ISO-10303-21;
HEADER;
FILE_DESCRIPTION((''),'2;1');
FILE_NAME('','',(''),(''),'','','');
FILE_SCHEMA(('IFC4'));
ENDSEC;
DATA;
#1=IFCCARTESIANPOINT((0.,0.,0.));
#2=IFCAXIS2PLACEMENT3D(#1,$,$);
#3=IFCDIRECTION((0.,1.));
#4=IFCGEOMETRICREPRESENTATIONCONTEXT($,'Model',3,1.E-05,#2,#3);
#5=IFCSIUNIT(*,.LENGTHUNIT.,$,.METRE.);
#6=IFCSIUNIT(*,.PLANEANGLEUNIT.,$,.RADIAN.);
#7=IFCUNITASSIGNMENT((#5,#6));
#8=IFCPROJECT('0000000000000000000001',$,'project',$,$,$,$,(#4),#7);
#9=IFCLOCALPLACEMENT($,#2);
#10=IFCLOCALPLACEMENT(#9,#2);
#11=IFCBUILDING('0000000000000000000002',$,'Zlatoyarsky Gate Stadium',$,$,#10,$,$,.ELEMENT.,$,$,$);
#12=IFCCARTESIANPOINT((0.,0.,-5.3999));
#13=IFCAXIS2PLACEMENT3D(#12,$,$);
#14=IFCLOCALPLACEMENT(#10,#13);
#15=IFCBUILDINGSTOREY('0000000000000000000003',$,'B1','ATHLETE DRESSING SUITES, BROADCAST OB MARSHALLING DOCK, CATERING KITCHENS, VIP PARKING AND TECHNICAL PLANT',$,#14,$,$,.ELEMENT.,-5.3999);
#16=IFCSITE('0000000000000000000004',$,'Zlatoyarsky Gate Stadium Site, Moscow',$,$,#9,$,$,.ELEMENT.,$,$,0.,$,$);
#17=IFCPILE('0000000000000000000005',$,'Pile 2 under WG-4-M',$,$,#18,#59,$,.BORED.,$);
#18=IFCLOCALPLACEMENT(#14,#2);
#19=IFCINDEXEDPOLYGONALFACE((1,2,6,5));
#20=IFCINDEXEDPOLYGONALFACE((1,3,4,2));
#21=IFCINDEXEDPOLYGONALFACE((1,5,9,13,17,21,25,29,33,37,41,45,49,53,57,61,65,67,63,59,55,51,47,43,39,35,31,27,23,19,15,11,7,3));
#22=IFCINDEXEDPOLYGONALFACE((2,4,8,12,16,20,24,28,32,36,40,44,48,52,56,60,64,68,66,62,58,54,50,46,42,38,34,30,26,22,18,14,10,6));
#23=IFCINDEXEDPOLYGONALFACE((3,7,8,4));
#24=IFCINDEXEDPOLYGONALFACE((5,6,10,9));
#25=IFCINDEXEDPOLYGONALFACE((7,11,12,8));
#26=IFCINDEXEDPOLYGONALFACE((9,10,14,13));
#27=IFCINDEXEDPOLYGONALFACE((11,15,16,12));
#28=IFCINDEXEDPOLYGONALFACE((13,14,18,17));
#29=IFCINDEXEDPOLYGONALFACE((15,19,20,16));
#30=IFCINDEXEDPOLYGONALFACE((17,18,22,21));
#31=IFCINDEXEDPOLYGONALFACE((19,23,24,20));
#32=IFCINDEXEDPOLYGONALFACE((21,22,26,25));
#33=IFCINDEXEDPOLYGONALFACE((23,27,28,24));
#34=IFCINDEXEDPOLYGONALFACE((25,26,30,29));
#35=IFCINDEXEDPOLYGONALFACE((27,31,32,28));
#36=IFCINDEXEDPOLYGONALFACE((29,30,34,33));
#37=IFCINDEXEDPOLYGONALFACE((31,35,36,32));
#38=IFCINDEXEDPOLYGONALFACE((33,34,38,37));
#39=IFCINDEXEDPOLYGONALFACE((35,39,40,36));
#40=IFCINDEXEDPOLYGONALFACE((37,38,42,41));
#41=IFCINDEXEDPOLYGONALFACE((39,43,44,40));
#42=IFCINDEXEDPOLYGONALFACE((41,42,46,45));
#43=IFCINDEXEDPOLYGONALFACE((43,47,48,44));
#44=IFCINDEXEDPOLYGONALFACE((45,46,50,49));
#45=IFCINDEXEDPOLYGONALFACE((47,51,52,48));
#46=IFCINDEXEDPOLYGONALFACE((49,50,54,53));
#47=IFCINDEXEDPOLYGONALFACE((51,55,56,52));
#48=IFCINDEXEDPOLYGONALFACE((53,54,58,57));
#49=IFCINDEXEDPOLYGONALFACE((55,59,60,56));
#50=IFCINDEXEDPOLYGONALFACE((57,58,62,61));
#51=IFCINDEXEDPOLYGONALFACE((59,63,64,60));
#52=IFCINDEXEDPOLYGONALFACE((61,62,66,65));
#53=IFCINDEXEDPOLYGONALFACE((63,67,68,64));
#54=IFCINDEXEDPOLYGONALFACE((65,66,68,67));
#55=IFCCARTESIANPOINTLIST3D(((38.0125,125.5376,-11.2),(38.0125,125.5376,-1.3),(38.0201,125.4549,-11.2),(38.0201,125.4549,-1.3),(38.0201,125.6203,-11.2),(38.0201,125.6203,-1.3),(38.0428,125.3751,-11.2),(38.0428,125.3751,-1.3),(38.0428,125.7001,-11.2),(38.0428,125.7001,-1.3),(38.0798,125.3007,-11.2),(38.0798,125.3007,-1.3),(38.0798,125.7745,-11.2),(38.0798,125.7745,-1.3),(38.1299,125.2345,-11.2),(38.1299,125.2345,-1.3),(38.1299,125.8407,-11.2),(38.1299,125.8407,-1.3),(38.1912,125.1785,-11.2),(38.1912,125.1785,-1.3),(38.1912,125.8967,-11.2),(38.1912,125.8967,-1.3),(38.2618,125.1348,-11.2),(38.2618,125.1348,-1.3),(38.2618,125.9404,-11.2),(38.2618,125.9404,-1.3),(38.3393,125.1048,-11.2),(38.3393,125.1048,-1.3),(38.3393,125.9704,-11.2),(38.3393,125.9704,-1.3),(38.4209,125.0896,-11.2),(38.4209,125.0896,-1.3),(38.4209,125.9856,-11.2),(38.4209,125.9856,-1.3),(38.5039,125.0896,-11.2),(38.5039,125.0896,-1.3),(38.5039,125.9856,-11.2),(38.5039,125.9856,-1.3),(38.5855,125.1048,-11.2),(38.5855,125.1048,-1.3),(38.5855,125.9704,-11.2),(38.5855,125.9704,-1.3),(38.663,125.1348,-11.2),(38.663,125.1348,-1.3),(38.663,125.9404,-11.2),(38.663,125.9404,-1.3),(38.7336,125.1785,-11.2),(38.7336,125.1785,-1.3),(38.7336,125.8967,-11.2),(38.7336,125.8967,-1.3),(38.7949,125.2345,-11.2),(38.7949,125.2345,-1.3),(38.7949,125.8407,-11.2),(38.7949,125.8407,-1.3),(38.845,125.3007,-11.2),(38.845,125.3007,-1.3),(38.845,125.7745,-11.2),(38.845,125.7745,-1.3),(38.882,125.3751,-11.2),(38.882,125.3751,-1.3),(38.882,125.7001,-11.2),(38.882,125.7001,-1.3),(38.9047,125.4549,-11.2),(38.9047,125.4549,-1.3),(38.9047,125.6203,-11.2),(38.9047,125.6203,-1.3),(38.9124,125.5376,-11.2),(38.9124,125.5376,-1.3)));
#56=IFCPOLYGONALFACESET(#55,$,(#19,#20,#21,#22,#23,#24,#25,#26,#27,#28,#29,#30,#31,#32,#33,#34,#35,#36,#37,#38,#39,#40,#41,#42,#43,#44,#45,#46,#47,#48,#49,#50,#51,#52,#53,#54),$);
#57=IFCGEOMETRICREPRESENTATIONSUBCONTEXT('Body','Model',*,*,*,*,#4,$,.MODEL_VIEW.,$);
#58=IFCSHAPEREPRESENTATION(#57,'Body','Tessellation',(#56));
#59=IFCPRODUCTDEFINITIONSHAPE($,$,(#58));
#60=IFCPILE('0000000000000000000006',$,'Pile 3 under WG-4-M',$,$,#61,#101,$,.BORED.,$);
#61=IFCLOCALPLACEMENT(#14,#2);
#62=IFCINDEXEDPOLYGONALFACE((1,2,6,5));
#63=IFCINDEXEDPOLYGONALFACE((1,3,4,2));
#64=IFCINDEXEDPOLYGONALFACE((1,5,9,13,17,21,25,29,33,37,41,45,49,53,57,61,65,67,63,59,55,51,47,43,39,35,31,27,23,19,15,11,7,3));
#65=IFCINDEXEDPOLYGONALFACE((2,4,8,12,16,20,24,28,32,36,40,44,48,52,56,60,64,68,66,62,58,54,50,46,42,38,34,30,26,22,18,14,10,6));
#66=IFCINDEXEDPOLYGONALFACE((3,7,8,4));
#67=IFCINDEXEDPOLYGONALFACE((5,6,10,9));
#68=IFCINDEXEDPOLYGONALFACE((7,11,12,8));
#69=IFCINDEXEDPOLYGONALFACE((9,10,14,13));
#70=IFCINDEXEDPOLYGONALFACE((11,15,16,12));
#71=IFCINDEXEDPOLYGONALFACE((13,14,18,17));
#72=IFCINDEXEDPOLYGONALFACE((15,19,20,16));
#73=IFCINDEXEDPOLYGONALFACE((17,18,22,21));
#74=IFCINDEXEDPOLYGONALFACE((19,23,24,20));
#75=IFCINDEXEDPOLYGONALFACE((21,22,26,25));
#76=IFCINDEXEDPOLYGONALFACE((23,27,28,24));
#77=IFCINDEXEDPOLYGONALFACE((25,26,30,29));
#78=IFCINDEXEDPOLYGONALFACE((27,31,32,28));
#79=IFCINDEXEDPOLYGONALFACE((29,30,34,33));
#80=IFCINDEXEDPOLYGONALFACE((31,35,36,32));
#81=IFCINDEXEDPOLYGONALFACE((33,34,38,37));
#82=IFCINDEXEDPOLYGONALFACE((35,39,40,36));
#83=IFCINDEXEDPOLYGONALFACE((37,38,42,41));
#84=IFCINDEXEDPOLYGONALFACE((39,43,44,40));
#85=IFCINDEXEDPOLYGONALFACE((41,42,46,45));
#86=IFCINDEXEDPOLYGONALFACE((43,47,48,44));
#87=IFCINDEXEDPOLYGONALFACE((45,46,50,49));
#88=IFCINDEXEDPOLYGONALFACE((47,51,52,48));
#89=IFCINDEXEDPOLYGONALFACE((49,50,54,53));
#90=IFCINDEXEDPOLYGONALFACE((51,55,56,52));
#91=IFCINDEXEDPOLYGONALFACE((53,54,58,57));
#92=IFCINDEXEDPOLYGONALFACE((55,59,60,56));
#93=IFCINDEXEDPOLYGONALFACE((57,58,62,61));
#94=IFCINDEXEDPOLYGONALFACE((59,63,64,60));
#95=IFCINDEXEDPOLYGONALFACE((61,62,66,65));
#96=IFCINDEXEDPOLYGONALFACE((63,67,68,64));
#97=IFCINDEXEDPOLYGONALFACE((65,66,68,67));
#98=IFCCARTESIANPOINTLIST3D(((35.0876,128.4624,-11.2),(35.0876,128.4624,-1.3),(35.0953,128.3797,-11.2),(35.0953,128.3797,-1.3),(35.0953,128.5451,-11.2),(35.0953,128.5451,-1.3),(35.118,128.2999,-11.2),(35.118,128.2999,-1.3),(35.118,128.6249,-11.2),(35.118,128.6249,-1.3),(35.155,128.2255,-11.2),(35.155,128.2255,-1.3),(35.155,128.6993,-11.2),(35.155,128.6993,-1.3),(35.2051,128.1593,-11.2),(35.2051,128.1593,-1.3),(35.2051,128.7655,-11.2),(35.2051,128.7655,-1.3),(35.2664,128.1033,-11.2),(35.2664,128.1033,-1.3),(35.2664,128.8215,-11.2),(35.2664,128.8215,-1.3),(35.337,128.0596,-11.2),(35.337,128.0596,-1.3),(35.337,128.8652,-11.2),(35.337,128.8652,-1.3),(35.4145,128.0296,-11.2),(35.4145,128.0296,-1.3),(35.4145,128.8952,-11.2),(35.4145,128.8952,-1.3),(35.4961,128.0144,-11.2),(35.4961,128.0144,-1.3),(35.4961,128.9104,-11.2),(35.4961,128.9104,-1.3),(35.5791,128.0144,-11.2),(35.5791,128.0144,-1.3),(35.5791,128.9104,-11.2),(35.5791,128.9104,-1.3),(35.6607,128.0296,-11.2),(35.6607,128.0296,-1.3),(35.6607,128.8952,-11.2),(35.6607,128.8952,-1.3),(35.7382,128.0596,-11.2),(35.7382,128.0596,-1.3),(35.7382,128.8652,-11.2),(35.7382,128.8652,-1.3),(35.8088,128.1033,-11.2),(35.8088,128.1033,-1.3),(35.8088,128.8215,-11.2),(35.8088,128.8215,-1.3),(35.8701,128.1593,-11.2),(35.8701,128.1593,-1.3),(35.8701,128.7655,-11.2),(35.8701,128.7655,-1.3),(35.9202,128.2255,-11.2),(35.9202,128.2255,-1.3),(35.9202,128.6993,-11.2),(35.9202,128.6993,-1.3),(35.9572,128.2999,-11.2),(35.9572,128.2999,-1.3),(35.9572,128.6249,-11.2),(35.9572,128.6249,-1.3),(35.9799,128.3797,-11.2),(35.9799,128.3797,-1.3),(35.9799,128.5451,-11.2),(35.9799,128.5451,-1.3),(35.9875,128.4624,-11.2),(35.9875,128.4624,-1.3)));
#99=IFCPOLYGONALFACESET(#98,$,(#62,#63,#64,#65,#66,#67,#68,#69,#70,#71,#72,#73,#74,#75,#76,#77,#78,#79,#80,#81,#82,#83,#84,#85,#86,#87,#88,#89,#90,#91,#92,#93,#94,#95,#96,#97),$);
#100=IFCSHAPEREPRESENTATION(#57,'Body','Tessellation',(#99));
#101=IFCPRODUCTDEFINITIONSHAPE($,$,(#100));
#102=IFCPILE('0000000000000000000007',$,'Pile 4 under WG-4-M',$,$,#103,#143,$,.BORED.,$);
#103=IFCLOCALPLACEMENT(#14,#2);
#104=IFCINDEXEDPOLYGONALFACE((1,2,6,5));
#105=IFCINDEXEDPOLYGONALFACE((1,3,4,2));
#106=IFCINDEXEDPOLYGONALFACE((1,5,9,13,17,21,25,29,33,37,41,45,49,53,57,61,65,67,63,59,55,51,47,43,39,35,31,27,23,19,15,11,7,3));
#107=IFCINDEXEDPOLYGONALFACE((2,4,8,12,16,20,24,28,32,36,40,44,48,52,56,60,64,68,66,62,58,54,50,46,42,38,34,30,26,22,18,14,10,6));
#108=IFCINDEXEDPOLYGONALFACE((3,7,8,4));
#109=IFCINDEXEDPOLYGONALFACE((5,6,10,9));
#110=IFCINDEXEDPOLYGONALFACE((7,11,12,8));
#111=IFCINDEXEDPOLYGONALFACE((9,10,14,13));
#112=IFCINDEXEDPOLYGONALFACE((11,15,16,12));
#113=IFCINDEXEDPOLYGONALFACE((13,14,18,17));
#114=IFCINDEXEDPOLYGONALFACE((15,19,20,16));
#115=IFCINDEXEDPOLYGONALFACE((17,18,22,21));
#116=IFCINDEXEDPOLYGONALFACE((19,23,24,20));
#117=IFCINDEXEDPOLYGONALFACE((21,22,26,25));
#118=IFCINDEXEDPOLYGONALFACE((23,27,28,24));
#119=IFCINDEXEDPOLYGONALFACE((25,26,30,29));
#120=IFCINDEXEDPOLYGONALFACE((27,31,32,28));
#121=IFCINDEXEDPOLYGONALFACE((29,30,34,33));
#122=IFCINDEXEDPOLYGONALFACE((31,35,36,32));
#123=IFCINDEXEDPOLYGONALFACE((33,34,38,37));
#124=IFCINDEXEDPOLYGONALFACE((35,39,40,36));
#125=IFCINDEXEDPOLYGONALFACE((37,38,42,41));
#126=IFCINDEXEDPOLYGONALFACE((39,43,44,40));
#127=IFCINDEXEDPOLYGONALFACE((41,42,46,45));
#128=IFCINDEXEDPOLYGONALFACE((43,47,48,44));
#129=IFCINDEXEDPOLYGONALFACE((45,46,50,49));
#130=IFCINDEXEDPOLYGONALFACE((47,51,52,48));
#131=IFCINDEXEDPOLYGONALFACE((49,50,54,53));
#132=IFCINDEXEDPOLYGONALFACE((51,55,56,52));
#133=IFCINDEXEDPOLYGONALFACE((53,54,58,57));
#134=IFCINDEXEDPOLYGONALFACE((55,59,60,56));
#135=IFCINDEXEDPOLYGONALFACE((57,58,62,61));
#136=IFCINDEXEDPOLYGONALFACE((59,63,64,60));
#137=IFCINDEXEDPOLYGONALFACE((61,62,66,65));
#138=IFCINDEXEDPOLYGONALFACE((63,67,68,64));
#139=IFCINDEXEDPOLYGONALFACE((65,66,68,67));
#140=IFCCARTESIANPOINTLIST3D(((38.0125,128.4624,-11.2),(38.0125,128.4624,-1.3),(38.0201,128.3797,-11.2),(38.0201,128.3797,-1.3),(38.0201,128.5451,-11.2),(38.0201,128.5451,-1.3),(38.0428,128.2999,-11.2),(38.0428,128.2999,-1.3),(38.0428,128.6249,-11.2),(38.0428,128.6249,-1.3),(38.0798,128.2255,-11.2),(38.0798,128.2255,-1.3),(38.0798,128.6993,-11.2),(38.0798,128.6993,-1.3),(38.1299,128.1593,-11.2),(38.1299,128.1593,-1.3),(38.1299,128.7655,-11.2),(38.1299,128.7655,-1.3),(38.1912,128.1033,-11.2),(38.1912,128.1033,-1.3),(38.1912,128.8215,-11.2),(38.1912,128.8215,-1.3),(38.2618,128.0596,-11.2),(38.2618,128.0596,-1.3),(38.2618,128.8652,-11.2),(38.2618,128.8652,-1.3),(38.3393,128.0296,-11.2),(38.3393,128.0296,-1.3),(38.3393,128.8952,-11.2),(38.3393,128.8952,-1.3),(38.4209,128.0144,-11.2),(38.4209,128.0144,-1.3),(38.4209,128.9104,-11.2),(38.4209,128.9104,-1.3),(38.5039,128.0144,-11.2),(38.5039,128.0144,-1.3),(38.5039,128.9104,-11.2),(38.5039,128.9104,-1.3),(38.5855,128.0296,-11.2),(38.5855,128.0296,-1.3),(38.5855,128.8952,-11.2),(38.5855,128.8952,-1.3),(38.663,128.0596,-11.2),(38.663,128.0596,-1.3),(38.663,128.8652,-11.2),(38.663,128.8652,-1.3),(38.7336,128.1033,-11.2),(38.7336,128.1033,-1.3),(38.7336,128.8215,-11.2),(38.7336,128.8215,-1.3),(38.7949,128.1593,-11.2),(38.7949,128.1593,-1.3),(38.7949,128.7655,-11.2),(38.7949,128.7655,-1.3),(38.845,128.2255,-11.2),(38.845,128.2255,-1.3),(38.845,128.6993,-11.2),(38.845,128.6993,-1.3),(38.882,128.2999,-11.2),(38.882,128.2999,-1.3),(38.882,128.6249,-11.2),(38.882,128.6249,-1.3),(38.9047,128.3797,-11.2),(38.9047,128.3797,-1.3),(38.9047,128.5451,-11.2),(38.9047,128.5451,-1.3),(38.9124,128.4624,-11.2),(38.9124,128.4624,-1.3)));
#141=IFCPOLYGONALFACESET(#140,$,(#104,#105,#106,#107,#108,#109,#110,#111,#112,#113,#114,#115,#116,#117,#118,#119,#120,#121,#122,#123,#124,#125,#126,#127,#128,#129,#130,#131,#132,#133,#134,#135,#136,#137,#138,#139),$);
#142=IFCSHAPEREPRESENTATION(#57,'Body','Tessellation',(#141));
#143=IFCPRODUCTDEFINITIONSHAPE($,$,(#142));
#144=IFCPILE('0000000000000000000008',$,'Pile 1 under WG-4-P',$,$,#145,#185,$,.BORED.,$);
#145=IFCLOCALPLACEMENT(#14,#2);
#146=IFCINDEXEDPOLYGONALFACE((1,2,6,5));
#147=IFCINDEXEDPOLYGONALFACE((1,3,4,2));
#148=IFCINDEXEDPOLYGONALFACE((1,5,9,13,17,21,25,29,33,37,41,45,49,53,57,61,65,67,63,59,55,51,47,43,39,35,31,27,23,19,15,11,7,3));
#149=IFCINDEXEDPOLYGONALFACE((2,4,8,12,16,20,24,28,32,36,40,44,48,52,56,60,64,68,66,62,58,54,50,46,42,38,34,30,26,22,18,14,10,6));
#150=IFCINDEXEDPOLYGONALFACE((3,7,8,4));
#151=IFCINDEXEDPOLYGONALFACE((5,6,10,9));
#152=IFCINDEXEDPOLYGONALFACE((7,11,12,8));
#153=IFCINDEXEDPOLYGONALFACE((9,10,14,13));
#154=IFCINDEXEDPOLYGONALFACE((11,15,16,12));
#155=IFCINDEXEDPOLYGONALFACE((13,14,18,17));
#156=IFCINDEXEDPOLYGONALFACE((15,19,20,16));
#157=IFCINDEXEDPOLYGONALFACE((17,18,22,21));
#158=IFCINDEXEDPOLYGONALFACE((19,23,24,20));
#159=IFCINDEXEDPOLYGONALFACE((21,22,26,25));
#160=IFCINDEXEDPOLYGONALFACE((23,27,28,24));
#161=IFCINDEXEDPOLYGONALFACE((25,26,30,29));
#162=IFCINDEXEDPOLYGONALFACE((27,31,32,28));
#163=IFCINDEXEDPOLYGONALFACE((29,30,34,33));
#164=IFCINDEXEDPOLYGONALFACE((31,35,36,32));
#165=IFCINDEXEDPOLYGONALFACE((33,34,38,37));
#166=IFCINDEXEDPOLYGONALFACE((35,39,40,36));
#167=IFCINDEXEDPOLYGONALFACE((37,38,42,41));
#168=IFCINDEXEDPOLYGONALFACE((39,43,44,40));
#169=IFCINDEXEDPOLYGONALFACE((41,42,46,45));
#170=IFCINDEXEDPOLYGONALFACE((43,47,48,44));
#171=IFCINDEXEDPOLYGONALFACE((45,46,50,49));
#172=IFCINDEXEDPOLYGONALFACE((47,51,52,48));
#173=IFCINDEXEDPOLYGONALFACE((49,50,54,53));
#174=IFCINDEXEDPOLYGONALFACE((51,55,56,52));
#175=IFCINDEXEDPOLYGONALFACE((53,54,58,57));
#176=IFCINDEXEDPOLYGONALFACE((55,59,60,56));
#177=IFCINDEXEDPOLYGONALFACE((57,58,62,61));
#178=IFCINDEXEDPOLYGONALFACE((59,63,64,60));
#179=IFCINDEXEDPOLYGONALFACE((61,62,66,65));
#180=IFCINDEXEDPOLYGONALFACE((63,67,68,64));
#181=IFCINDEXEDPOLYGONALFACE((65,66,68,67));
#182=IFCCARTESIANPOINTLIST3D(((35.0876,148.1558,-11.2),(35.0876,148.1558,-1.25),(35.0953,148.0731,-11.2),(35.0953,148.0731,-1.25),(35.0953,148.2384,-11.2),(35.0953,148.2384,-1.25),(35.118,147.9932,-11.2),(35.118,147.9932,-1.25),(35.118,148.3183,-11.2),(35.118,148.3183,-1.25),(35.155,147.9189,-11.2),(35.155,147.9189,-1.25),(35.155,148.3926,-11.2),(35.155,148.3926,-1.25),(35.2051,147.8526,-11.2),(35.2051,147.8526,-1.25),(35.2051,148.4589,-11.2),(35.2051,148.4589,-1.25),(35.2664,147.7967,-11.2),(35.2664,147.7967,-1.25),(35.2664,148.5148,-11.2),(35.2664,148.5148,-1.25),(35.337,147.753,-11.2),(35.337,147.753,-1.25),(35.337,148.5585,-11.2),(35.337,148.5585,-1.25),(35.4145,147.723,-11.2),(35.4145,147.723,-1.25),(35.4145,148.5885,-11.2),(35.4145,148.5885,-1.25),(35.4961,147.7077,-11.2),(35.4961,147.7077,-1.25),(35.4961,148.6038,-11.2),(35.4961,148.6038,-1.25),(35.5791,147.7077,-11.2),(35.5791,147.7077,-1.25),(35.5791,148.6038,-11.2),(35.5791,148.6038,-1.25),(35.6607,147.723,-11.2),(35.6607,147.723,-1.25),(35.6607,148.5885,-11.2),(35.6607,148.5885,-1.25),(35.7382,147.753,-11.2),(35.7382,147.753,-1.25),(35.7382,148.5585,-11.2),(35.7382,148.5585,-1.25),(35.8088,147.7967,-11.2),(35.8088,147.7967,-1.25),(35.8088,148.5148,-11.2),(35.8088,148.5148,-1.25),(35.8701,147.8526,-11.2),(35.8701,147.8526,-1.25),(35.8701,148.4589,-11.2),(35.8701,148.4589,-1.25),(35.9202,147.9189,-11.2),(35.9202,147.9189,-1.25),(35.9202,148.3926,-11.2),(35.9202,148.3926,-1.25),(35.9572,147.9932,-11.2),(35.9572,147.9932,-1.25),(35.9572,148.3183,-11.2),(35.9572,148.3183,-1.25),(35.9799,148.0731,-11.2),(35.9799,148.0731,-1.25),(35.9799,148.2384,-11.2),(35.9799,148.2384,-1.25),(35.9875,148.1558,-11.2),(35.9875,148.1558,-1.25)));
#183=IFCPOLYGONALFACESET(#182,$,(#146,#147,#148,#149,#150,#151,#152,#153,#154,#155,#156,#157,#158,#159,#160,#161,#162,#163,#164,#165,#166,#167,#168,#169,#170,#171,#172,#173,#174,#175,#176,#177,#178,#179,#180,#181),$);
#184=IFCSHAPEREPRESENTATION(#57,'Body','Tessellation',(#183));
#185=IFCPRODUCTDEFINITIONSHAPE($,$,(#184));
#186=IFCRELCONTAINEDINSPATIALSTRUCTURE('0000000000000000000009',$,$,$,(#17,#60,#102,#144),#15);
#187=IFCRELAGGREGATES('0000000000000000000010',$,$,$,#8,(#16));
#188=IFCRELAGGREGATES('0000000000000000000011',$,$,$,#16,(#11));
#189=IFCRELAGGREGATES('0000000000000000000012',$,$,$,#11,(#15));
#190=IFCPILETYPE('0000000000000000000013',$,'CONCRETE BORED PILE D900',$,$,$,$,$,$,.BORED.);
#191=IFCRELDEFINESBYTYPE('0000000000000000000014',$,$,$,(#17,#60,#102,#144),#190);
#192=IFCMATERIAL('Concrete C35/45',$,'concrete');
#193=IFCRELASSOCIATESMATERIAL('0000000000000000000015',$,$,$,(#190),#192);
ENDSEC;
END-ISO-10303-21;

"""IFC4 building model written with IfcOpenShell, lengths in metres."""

from ifc_helpers import new_model, si_unit, direction, frame, origin, origin_2d, place, context, subcontext, project, spatial, circle, extrude, material, material_profile, profile_set, type_object, element, save


model = new_model("IFC4")

# Units and contexts
model_context = context("Model", 3, precision=1e-05, world=origin(), true_north=direction((0.0, 1.0)))
body_context = subcontext(model_context, "Body", "Model", "MODEL_VIEW")
ifc_project = project(units=[si_unit("LENGTHUNIT", "METRE"), si_unit("PLANEANGLEUNIT", "RADIAN")], contexts=[model_context])

# Site, building, storey
site_placement = place(None, origin())
site = spatial("IfcSite", under=ifc_project, at=site_placement, Name="Zlatoyarsky Gate Stadium Site, Moscow", CompositionType="ELEMENT", RefElevation=0.0)
building_placement = place(site_placement, origin())
building = spatial("IfcBuilding", under=site, at=building_placement, Name="Zlatoyarsky Gate Stadium", CompositionType="ELEMENT")
storey_placement = place(building_placement, frame((0.0, 0.0, -5.3999)))
storey = spatial("IfcBuildingStorey", under=building, at=storey_placement, Name="B1", Description="ATHLETE DRESSING SUITES, BROADCAST OB MARSHALLING DOCK, CATERING KITCHENS, VIP PARKING AND TECHNICAL PLANT", CompositionType="ELEMENT", Elevation=-5.3999)

# Piles
ifc_material_1 = material(Name="Concrete C35/45", Category="concrete")
ifc_material_profile_1 = material_profile(ifc_material_1, circle(Radius=0.45, at=origin_2d()), Name="BORED PILE D900")
ifc_profile_set_1 = profile_set([ifc_material_profile_1], Name="Concrete C35/45")
pile_type_1 = type_object("IfcPileType", Name="CONCRETE BORED PILE D900", PredefinedType="BORED", material=ifc_profile_set_1)
for number, where, z_axis, x_axis, name in (
    (1, (38.4624, 125.5376, -1.3), (0.0, 0.0, -1.0), (1.0, 0.0, 0.0), "Pile 2 under WG-4-M"),
    (2, (35.5376, 128.4624, -1.3), (0.0, 0.0, -1.0), (1.0, 0.0, 0.0), "Pile 3 under WG-4-M"),
    (3, (38.4624, 128.4624, -1.3), (0.0, 0.0, -1.0), (1.0, 0.0, 0.0), "Pile 4 under WG-4-M"),
):
    element("IfcPile", number, at=place(storey_placement, frame(where, z_axis=z_axis, x_axis=x_axis)), inside=storey, type_object=pile_type_1, Name=name, PredefinedType="BORED", context=body_context, shape_type="SweptSolid", body=[
        extrude(circle(Radius=0.45, at=origin_2d()), origin(), (0.0, 0.0, 1.0), 9.8999),
    ])
for number, where, z_axis, x_axis, name in (
    (4, (35.5376, 148.1558, -1.25), (0.0, 0.0, -1.0), (1.0, 0.0, 0.0), "Pile 1 under WG-4-P"),
):
    element("IfcPile", number, at=place(storey_placement, frame(where, z_axis=z_axis, x_axis=x_axis)), inside=storey, type_object=pile_type_1, Name=name, PredefinedType="BORED", context=body_context, shape_type="SweptSolid", body=[
        extrude(circle(Radius=0.45, at=origin_2d()), origin(), (0.0, 0.0, 1.0), 9.95),
    ])

save(model, "model.ifc")
